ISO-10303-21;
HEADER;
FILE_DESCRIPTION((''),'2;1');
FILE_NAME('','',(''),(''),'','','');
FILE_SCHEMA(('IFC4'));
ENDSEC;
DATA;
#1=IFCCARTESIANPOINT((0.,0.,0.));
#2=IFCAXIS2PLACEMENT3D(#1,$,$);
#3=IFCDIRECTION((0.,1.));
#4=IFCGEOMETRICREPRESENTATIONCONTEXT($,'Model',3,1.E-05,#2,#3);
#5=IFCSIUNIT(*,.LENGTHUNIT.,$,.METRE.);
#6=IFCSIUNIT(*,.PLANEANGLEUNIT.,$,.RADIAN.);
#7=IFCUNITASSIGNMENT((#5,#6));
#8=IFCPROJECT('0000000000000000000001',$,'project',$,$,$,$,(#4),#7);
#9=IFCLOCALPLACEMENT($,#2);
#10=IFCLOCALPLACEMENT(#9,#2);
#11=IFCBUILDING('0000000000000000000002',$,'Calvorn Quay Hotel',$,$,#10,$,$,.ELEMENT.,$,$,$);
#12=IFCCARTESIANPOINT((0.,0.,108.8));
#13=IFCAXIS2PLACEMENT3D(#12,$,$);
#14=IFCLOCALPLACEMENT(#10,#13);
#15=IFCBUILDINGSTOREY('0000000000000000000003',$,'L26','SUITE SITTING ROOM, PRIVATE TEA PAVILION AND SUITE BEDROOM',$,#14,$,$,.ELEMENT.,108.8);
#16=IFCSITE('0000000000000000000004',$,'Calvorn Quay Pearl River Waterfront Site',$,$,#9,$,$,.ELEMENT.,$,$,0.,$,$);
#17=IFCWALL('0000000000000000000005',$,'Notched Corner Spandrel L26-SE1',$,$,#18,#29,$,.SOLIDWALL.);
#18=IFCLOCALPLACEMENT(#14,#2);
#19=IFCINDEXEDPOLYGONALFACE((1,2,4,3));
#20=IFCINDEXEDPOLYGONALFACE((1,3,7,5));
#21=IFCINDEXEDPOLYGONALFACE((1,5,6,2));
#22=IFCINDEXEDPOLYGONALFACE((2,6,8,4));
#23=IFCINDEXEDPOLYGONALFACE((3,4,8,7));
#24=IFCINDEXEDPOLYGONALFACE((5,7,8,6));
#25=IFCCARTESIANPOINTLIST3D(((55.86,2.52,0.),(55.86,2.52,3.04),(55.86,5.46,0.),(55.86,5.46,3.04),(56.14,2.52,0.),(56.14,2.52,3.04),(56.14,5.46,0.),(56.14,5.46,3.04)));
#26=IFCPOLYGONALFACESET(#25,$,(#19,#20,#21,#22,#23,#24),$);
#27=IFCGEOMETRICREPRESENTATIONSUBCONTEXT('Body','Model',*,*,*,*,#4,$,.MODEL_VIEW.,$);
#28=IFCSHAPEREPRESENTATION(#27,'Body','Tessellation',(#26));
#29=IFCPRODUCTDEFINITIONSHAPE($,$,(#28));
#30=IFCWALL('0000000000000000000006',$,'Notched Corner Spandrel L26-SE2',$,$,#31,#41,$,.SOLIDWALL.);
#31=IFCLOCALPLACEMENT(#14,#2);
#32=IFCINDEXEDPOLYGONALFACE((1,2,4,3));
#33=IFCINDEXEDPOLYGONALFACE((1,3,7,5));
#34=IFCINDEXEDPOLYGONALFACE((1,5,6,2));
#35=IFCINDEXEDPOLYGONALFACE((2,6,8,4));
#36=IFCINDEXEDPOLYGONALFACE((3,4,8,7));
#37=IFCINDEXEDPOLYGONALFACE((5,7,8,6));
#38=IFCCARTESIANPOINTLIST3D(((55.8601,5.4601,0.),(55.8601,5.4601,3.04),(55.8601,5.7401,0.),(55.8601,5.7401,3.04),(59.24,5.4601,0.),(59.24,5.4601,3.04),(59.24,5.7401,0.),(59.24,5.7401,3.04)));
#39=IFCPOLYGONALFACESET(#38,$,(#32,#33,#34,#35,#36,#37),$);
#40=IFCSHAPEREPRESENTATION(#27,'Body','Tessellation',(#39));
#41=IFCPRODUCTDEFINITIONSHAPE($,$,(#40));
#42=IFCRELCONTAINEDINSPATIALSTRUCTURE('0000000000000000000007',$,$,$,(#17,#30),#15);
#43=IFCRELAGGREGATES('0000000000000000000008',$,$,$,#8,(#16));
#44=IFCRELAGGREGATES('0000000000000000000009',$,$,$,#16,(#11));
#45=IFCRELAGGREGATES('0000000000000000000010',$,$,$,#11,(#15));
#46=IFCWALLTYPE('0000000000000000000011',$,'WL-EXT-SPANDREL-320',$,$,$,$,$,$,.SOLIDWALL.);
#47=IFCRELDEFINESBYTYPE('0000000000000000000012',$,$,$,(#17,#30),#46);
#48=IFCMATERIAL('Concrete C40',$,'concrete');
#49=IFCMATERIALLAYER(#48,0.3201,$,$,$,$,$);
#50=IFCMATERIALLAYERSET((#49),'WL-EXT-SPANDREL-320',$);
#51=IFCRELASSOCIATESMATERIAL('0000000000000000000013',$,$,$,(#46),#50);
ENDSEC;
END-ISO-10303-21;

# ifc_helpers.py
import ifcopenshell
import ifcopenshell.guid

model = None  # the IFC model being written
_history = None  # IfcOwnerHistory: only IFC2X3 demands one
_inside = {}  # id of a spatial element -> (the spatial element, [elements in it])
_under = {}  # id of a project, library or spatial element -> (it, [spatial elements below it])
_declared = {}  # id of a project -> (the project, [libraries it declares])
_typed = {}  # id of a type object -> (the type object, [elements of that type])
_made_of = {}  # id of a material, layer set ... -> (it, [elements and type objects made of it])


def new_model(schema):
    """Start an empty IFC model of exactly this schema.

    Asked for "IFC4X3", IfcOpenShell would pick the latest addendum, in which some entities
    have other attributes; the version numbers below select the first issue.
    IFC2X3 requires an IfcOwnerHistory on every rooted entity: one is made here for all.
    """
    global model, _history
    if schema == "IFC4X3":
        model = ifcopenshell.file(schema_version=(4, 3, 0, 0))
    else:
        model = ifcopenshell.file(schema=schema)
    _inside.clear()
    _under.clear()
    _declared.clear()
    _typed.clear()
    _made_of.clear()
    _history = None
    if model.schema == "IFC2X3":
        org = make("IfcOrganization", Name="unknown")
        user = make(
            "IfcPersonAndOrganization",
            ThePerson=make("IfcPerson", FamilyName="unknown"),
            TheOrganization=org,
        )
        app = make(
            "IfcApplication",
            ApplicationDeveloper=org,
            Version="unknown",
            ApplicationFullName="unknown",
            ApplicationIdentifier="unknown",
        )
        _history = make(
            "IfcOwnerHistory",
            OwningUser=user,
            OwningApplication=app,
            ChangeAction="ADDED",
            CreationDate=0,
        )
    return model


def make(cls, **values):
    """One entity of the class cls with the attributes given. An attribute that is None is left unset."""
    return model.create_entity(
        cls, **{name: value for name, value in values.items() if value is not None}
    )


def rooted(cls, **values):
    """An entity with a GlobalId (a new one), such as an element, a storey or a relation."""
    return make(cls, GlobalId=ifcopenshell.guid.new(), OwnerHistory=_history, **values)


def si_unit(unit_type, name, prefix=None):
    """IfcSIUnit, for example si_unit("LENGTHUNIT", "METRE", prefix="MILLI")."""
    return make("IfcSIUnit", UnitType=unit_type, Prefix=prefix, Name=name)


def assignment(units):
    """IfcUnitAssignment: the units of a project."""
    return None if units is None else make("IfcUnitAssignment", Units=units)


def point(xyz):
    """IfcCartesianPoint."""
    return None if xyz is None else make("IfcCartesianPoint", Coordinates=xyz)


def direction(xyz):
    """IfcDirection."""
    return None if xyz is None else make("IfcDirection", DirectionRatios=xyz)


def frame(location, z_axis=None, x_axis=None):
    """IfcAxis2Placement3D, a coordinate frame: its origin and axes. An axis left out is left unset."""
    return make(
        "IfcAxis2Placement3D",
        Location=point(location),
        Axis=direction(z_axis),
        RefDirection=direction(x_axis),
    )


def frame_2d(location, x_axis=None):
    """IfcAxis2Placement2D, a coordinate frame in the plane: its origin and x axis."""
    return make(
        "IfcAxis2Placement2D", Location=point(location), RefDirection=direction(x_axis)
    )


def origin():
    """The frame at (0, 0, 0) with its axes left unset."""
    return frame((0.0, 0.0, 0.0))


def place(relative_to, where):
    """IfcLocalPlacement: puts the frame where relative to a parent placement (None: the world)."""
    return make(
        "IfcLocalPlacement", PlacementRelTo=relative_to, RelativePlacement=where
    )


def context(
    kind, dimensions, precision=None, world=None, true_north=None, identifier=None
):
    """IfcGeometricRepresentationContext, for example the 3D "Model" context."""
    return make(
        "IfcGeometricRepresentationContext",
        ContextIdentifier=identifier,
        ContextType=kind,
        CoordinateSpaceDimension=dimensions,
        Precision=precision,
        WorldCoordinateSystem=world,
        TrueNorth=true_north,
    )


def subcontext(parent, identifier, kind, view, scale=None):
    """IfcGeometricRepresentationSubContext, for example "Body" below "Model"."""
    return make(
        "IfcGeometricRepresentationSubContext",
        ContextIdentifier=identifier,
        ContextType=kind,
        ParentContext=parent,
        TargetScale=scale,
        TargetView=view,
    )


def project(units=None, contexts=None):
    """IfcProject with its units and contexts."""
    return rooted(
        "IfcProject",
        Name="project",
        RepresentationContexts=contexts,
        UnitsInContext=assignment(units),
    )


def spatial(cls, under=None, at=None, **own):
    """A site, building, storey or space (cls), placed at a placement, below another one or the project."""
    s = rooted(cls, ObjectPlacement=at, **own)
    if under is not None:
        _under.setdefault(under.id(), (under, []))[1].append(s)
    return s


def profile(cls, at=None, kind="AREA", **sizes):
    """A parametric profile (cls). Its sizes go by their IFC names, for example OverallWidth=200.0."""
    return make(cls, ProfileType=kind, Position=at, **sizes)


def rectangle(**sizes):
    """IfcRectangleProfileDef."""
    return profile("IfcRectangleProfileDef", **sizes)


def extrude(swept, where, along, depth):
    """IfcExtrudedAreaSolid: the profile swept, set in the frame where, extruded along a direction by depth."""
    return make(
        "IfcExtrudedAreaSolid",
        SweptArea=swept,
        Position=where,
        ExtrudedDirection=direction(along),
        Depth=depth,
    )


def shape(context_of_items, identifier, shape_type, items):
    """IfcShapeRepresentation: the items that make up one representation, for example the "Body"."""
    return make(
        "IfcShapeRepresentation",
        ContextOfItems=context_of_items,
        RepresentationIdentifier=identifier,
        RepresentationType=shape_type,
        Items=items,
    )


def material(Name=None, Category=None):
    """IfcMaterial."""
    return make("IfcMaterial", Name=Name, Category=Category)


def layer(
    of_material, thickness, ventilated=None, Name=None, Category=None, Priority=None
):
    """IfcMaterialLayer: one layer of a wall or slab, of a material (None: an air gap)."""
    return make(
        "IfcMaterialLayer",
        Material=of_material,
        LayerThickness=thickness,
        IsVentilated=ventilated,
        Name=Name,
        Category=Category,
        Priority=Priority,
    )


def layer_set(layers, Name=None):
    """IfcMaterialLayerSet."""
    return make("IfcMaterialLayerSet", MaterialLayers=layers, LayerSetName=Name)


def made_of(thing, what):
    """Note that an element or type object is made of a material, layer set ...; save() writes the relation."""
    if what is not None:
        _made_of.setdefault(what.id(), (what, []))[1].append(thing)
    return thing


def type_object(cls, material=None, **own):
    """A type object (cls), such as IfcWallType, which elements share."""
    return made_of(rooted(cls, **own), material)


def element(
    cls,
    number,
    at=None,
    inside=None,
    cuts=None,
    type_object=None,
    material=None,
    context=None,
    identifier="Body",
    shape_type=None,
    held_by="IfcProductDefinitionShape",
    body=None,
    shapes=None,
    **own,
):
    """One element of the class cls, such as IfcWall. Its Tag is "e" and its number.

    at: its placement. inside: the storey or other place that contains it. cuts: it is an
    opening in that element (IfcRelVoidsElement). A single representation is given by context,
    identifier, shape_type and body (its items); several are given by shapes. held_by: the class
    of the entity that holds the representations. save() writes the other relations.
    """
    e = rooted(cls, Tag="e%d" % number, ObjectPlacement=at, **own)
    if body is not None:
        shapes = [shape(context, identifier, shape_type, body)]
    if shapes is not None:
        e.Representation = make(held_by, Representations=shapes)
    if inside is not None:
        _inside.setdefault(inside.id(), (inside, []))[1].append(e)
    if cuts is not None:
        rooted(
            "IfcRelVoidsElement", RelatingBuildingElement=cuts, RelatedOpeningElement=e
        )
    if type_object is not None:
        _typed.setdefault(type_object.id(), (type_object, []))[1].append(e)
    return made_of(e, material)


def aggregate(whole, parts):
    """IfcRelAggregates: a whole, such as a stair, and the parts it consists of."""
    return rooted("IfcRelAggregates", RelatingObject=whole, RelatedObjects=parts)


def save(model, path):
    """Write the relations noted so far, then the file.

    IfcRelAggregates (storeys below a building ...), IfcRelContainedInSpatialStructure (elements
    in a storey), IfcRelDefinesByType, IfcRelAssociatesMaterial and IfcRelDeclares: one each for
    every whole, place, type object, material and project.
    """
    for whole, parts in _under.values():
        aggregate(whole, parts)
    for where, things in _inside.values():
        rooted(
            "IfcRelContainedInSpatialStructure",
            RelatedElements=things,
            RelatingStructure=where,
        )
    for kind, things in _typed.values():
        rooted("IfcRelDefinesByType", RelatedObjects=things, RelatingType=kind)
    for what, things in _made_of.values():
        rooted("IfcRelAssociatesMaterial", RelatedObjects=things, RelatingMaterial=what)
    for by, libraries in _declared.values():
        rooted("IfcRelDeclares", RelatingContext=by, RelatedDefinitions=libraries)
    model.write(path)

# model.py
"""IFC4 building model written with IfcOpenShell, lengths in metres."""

from ifc_helpers import new_model, si_unit, direction, frame, frame_2d, origin, place, context, subcontext, project, spatial, rectangle, extrude, material, layer, layer_set, type_object, element, save


model = new_model("IFC4")

# Units and contexts
model_context = context("Model", 3, precision=1e-05, world=origin(), true_north=direction((0.0, 1.0)))
body_context = subcontext(model_context, "Body", "Model", "MODEL_VIEW")
ifc_project = project(units=[si_unit("LENGTHUNIT", "METRE"), si_unit("PLANEANGLEUNIT", "RADIAN")], contexts=[model_context])

# Site, building, storey
site_placement = place(None, origin())
site = spatial("IfcSite", under=ifc_project, at=site_placement, Name="Calvorn Quay Pearl River Waterfront Site", CompositionType="ELEMENT", RefElevation=0.0)
building_placement = place(site_placement, origin())
building = spatial("IfcBuilding", under=site, at=building_placement, Name="Calvorn Quay Hotel", CompositionType="ELEMENT")
storey_placement = place(building_placement, frame((0.0, 0.0, 108.8)))
storey = spatial("IfcBuildingStorey", under=building, at=storey_placement, Name="L26", Description="SUITE SITTING ROOM, PRIVATE TEA PAVILION AND SUITE BEDROOM", CompositionType="ELEMENT", Elevation=108.8)

# Walls
ifc_material_1 = material(Name="Concrete C40", Category="concrete")
ifc_layer_1 = layer(ifc_material_1, 0.3201)
ifc_layer_set_1 = layer_set([ifc_layer_1], Name="WL-EXT-SPANDREL-320")
wall_type_1 = type_object("IfcWallType", Name="WL-EXT-SPANDREL-320", PredefinedType="SOLIDWALL", material=ifc_layer_set_1)
wall_1_placement = place(storey_placement, frame((56.0, 2.52, 0.0), z_axis=(0.0, 0.0, 1.0), x_axis=(0.0, 1.0, 0.0)))
element("IfcWall", 1, at=wall_1_placement, inside=storey, type_object=wall_type_1, Name="Notched Corner Spandrel L26-SE1", PredefinedType="SOLIDWALL", context=body_context, shape_type="SweptSolid", body=[
    extrude(rectangle(XDim=2.9399, YDim=0.28, at=frame_2d((1.47, 0.0))), origin(), (0.0, 0.0, 1.0), 3.04),
])
wall_2_placement = place(storey_placement, frame((55.8601, 5.6001, 0.0), z_axis=(0.0, 0.0, 1.0), x_axis=(1.0, 0.0, 0.0)))
element("IfcWall", 2, at=wall_2_placement, inside=storey, type_object=wall_type_1, Name="Notched Corner Spandrel L26-SE2", PredefinedType="SOLIDWALL", context=body_context, shape_type="SweptSolid", body=[
    extrude(rectangle(XDim=3.3799, YDim=0.28, at=frame_2d((1.6899, 0.0))), origin(), (0.0, 0.0, 1.0), 3.04),
])

save(model, "model.ifc")
